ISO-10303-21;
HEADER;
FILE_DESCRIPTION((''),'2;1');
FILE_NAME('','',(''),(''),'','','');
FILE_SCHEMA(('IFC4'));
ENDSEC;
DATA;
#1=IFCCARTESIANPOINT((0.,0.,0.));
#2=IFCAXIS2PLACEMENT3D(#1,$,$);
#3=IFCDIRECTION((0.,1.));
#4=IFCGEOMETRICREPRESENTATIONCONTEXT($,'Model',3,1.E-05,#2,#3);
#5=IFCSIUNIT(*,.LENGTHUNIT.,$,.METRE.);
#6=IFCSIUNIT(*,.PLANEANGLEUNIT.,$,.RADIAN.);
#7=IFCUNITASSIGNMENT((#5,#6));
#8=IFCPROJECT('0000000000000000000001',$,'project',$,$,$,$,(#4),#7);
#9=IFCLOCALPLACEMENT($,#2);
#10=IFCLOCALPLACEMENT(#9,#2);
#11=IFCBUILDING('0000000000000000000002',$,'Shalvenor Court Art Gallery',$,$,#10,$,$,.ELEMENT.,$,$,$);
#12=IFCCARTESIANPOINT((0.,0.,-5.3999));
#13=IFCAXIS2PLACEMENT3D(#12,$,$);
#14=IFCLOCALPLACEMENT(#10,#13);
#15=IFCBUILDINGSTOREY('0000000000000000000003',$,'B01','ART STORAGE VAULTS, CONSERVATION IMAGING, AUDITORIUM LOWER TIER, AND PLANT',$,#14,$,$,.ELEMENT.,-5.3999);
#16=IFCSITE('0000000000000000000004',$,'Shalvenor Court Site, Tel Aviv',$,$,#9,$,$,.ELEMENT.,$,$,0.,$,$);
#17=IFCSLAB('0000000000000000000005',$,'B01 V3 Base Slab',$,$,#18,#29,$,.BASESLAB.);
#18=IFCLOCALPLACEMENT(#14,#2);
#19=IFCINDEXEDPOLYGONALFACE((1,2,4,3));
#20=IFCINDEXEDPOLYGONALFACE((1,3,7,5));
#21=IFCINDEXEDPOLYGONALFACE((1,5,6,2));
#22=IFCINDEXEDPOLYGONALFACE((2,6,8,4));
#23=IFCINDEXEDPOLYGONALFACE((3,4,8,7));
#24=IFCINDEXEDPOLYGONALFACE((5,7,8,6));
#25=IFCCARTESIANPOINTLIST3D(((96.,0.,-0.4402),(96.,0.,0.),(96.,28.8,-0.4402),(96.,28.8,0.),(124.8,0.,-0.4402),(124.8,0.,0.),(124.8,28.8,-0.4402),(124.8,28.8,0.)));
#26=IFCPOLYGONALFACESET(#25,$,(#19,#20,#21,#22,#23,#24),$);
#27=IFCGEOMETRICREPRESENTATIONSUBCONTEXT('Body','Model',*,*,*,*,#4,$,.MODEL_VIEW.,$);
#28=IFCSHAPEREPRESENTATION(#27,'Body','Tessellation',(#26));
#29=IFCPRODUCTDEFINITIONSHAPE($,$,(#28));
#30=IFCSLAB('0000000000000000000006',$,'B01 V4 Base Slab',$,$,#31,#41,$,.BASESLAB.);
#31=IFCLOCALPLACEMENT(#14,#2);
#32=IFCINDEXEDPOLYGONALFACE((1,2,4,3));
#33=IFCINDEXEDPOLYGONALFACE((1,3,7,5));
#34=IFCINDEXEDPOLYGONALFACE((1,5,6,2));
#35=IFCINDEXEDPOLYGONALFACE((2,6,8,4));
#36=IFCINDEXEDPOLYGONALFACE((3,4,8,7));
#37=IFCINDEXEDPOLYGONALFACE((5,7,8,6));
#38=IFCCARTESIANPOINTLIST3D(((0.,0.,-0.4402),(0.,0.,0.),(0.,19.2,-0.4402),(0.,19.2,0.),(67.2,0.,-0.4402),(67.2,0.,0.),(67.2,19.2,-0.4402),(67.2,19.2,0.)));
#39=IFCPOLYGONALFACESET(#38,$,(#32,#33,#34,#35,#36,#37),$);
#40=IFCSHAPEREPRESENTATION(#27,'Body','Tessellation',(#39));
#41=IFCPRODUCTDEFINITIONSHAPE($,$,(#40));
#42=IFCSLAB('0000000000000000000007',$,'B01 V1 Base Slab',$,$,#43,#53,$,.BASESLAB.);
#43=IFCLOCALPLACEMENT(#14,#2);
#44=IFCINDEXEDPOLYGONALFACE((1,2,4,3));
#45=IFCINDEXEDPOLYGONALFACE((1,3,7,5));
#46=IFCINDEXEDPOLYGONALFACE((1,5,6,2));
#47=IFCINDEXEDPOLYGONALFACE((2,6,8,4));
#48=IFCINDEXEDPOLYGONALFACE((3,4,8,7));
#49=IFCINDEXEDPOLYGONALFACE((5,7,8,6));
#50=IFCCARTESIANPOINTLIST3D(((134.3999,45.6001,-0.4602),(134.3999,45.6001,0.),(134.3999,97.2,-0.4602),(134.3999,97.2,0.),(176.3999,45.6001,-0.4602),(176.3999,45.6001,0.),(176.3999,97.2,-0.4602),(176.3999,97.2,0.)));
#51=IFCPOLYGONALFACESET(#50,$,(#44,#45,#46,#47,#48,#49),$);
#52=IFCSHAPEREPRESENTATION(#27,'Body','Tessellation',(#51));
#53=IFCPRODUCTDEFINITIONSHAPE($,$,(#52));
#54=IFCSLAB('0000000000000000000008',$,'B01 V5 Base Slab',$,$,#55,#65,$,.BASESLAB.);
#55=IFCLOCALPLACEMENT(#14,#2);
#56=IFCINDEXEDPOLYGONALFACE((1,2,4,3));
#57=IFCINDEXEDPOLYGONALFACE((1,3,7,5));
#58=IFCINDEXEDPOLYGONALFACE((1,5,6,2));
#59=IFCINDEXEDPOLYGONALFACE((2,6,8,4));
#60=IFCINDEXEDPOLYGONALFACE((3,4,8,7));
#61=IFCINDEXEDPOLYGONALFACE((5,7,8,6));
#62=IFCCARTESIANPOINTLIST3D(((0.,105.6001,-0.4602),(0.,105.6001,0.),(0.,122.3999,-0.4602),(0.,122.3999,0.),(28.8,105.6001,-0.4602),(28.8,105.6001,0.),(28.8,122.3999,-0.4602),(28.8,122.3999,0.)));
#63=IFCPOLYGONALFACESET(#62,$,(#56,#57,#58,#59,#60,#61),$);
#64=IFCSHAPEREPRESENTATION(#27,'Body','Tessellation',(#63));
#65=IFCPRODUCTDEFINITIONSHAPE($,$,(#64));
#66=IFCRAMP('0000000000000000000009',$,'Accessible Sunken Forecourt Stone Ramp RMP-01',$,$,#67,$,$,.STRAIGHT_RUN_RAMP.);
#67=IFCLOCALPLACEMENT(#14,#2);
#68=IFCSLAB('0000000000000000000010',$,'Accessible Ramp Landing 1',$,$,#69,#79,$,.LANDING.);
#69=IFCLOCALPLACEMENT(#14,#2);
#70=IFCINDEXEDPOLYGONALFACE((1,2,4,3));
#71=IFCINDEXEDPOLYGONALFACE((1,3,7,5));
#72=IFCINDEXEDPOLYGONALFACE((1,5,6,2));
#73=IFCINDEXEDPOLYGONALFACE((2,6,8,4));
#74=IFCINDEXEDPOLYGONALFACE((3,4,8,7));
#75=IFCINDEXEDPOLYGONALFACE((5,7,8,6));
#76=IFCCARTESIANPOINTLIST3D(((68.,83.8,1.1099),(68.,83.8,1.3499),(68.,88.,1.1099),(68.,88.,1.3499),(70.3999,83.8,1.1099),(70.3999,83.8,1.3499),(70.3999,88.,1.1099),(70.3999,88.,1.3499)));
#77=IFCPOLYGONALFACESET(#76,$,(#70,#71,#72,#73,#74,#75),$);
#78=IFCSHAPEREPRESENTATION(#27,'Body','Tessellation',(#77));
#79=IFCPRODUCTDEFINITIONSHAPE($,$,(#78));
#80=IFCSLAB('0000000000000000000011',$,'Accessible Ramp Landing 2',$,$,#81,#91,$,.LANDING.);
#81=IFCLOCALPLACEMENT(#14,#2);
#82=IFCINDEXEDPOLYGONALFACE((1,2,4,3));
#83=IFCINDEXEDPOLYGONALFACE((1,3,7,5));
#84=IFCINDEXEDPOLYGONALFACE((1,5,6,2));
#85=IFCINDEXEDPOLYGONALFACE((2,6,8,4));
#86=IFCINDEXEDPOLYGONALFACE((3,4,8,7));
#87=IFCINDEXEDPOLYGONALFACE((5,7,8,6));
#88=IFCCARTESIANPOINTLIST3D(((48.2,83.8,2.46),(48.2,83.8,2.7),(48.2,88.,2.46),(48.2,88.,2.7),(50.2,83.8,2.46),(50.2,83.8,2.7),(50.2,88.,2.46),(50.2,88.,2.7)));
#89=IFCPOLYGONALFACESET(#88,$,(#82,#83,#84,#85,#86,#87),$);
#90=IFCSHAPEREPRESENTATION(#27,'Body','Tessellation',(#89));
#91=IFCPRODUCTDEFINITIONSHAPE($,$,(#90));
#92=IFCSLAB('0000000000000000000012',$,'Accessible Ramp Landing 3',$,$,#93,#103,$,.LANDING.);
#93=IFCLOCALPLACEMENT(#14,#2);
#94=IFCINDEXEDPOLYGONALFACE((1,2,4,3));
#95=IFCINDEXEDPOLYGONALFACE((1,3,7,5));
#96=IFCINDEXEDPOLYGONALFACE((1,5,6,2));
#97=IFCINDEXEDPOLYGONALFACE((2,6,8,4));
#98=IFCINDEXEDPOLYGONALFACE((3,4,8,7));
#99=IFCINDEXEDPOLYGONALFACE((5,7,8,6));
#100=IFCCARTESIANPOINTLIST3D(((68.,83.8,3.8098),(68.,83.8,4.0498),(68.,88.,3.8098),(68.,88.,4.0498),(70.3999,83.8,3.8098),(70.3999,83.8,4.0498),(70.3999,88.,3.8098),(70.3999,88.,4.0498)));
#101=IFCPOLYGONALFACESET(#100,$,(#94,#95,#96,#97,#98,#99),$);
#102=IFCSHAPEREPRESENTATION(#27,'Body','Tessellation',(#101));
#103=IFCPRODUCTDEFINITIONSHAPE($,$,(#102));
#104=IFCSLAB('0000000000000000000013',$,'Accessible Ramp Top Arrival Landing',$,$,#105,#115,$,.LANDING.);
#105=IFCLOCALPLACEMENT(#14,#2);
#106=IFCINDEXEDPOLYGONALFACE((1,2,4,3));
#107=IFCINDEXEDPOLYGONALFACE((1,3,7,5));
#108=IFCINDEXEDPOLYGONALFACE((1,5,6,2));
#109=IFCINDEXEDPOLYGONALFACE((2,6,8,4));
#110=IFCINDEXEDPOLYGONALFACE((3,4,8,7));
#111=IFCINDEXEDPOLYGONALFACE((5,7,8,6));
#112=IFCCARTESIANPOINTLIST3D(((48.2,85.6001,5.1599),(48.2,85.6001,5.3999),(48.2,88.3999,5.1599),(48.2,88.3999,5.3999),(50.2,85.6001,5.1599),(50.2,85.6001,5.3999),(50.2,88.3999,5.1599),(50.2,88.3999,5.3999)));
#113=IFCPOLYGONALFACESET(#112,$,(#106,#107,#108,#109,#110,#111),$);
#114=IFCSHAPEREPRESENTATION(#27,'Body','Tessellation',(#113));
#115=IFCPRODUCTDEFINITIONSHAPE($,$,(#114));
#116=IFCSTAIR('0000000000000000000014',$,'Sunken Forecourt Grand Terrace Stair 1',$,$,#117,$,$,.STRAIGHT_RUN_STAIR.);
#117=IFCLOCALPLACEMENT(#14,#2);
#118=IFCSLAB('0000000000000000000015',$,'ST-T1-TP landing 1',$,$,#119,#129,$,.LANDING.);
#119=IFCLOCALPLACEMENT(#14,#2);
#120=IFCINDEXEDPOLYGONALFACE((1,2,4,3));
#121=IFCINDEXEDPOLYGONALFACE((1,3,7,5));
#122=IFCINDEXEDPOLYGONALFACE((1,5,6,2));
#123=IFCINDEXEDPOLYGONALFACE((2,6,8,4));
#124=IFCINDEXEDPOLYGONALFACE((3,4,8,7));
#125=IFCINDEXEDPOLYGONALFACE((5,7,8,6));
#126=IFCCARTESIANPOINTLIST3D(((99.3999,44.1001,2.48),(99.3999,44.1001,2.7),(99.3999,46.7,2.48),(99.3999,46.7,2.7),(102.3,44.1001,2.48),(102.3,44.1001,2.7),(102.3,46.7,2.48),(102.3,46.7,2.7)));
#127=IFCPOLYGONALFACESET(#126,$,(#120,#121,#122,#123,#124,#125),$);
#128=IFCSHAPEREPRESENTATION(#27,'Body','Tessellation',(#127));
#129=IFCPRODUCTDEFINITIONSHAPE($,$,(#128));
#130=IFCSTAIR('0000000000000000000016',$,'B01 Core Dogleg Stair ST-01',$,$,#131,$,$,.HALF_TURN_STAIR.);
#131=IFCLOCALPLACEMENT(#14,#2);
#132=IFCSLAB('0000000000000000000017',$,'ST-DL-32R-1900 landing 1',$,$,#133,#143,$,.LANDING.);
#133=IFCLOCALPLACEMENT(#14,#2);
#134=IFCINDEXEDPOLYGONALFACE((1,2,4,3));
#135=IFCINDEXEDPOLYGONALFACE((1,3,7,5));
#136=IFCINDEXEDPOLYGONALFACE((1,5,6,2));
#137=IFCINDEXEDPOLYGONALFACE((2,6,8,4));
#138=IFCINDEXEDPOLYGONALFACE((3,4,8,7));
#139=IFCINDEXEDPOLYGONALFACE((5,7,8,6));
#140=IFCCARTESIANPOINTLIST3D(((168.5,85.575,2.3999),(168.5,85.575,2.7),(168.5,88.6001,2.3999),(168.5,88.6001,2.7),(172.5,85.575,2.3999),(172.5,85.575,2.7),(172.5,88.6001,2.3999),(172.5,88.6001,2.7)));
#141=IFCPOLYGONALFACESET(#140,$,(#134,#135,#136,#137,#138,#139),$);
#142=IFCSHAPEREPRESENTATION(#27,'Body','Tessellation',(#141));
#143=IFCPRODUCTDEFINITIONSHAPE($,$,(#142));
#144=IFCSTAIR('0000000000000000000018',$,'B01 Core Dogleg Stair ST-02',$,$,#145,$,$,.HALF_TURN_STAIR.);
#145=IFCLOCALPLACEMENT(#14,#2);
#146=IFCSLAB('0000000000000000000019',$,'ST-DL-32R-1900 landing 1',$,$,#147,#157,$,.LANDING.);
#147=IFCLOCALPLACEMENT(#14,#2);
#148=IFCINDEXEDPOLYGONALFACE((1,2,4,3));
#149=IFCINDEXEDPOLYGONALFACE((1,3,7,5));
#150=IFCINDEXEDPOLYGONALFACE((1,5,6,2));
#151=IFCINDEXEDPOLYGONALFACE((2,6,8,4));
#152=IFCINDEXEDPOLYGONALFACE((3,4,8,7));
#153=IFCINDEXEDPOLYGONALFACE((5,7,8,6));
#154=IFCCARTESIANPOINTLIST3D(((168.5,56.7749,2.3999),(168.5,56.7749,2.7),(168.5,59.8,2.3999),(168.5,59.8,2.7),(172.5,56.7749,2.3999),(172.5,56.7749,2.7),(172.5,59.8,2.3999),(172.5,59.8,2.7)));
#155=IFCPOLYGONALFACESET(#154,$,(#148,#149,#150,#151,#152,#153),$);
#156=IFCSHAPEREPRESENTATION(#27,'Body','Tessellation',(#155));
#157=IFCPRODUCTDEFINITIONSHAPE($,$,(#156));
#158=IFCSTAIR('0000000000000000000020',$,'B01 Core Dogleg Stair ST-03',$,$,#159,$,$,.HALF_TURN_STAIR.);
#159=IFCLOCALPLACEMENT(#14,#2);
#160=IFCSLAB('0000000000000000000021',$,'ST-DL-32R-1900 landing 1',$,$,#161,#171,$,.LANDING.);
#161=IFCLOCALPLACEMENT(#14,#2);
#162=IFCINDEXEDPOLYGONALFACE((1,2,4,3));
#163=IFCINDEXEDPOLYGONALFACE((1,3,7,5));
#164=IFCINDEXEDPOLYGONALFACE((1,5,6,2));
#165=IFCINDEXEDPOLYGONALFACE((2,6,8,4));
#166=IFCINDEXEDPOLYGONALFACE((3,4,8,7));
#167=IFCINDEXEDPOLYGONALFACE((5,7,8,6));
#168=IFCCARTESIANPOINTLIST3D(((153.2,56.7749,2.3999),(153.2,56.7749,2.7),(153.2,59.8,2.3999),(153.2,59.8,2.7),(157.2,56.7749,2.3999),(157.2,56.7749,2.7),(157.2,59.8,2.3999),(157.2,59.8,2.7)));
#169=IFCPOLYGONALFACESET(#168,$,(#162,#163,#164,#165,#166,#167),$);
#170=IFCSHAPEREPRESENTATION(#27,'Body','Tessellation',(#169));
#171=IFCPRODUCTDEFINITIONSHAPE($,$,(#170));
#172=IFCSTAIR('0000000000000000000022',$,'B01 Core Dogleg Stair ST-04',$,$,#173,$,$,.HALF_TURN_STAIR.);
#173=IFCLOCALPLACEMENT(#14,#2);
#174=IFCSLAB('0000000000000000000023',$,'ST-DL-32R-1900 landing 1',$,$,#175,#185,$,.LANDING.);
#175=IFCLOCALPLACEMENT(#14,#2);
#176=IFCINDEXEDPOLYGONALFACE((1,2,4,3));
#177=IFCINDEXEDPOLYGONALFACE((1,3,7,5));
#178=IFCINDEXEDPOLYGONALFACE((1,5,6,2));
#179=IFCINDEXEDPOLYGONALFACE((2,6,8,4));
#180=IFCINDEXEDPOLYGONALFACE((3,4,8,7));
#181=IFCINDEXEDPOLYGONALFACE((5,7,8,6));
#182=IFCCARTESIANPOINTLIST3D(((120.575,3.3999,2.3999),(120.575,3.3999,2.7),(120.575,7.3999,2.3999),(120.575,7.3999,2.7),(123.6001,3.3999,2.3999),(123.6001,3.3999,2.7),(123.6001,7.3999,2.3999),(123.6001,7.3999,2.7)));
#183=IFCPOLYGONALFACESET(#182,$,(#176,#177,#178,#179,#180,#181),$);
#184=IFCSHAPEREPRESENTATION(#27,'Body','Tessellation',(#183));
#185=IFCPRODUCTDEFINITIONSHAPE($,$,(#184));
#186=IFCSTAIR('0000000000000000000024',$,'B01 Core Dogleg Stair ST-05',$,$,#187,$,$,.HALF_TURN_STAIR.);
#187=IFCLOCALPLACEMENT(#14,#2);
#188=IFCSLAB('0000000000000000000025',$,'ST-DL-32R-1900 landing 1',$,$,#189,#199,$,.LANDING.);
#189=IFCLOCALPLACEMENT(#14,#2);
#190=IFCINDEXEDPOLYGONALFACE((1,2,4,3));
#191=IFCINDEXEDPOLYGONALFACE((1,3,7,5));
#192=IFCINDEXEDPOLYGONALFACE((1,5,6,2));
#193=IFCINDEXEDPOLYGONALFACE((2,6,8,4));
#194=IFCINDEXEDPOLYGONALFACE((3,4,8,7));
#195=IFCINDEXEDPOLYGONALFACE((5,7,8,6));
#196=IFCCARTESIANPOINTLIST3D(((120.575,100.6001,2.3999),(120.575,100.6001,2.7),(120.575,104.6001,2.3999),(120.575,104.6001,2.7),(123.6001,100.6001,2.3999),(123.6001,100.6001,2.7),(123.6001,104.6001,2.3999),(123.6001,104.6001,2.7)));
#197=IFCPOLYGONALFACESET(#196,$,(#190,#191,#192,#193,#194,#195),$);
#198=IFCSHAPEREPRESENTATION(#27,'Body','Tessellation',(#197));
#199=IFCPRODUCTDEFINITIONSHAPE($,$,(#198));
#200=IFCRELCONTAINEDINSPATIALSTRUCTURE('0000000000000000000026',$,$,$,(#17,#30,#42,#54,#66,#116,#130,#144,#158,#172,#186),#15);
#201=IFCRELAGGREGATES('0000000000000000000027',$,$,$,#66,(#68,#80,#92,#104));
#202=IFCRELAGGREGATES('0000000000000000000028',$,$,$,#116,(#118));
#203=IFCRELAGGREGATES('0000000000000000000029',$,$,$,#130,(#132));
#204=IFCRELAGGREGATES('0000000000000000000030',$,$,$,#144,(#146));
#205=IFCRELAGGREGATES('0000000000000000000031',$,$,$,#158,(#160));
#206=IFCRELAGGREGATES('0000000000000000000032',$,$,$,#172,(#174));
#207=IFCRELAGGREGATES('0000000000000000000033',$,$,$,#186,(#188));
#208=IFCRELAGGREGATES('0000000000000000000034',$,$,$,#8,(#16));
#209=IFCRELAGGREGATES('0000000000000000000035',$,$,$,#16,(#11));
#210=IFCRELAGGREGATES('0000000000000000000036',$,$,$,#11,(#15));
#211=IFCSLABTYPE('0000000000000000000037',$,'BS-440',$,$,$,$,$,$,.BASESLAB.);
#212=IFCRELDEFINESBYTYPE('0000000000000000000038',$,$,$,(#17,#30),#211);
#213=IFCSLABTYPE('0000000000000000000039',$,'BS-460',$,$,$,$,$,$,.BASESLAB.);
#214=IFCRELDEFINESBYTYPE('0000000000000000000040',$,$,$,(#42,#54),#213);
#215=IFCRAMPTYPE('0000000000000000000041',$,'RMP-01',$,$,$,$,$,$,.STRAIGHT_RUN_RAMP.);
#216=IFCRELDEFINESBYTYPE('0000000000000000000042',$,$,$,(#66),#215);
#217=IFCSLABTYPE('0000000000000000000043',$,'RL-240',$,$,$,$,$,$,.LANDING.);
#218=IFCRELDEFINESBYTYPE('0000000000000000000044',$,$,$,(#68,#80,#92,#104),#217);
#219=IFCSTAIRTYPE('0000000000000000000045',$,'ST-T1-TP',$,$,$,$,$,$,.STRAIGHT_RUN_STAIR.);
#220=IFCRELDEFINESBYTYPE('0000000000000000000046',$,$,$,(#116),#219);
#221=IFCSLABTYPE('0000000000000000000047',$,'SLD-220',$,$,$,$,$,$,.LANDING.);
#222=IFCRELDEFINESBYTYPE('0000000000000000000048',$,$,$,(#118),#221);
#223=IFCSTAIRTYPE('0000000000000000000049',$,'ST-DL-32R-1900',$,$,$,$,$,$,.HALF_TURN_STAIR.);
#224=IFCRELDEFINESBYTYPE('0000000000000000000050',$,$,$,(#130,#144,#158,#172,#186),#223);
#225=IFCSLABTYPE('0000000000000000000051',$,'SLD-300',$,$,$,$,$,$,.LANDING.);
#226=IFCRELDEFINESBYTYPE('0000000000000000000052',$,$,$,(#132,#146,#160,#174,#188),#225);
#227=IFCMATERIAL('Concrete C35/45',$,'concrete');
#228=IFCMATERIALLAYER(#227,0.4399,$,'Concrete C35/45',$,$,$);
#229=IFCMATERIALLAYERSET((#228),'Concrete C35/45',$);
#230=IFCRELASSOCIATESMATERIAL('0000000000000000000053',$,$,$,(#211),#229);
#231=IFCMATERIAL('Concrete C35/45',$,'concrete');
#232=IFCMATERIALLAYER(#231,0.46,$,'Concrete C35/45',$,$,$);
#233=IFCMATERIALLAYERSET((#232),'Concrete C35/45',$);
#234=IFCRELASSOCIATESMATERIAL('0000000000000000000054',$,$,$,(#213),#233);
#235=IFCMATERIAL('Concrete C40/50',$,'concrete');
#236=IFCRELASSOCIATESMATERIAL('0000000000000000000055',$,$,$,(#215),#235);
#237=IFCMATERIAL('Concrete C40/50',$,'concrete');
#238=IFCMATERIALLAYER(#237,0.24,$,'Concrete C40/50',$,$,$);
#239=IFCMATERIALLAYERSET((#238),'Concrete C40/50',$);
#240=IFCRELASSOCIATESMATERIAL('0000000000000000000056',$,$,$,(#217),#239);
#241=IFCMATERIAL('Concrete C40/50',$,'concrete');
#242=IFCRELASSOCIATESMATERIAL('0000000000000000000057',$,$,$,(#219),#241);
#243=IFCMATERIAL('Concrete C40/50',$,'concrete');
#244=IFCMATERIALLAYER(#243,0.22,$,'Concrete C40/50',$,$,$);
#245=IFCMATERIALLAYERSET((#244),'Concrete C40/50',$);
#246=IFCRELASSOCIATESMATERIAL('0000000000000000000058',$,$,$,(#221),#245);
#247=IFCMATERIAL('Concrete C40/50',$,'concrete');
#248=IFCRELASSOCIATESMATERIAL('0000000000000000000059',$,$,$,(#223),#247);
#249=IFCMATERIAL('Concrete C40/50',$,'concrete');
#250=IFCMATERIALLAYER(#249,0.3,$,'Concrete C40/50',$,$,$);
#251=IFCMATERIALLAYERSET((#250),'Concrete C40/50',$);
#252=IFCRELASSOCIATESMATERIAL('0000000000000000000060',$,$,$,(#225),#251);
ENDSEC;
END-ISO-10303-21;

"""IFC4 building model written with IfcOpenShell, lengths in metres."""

from ifc_helpers import new_model, si_unit, direction, frame, origin, place, context, subcontext, project, spatial, polyline, outline, extrude, material, layer, layer_set, type_object, element, aggregate, save


model = new_model("IFC4")

# Units and contexts
model_context = context("Model", 3, precision=1e-05, world=origin(), true_north=direction((0.0, 1.0)))
body_context = subcontext(model_context, "Body", "Model", "MODEL_VIEW")
ifc_project = project(units=[si_unit("LENGTHUNIT", "METRE"), si_unit("PLANEANGLEUNIT", "RADIAN")], contexts=[model_context])

# Site, building, storey
site_placement = place(None, origin())
site = spatial("IfcSite", under=ifc_project, at=site_placement, Name="Shalvenor Court Site, Tel Aviv", CompositionType="ELEMENT", RefElevation=0.0)
building_placement = place(site_placement, origin())
building = spatial("IfcBuilding", under=site, at=building_placement, Name="Shalvenor Court Art Gallery", CompositionType="ELEMENT")
storey_placement = place(building_placement, frame((0.0, 0.0, -5.3999)))
storey = spatial("IfcBuildingStorey", under=building, at=storey_placement, Name="B01", Description="ART STORAGE VAULTS, CONSERVATION IMAGING, AUDITORIUM LOWER TIER, AND PLANT", CompositionType="ELEMENT", Elevation=-5.3999)

# Slabs
ifc_material_1 = material(Name="Concrete C35/45", Category="concrete")
ifc_layer_1 = layer(ifc_material_1, 0.4399, Name="Concrete C35/45")
ifc_layer_set_1 = layer_set([ifc_layer_1], Name="Concrete C35/45")
slab_type_1 = type_object("IfcSlabType", Name="BS-440", PredefinedType="BASESLAB", material=ifc_layer_set_1)
slab_1_placement = place(storey_placement, frame((0.0, 0.0, -0.4402)))
element("IfcSlab", 1, at=slab_1_placement, inside=storey, type_object=slab_type_1, Name="B01 V3 Base Slab", PredefinedType="BASESLAB", context=body_context, shape_type="SweptSolid", body=[
    extrude(outline(polyline([(124.8, 0.0), (124.8, 28.8), (96.0, 28.8), (96.0, 0.0), (124.8, 0.0)])), origin(), (0.0, 0.0, 1.0), 0.4402),
])
slab_2_placement = place(storey_placement, frame((0.0, 0.0, -0.4402)))
element("IfcSlab", 2, at=slab_2_placement, inside=storey, type_object=slab_type_1, Name="B01 V4 Base Slab", PredefinedType="BASESLAB", context=body_context, shape_type="SweptSolid", body=[
    extrude(outline(polyline([(67.2, 0.0), (67.2, 19.2), (0.0, 19.2), (0.0, 0.0), (67.2, 0.0)])), origin(), (0.0, 0.0, 1.0), 0.4402),
])
ifc_material_2 = material(Name="Concrete C35/45", Category="concrete")
ifc_layer_2 = layer(ifc_material_2, 0.46, Name="Concrete C35/45")
ifc_layer_set_2 = layer_set([ifc_layer_2], Name="Concrete C35/45")
slab_type_2 = type_object("IfcSlabType", Name="BS-460", PredefinedType="BASESLAB", material=ifc_layer_set_2)
slab_3_placement = place(storey_placement, frame((0.0, 0.0, -0.4602)))
element("IfcSlab", 3, at=slab_3_placement, inside=storey, type_object=slab_type_2, Name="B01 V1 Base Slab", PredefinedType="BASESLAB", context=body_context, shape_type="SweptSolid", body=[
    extrude(outline(polyline([(176.3999, 45.6001), (176.3999, 97.2), (134.3999, 97.2), (134.3999, 45.6001), (176.3999, 45.6001)])), origin(), (0.0, 0.0, 1.0), 0.4602),
])
slab_4_placement = place(storey_placement, frame((0.0, 0.0, -0.4602)))
element("IfcSlab", 4, at=slab_4_placement, inside=storey, type_object=slab_type_2, Name="B01 V5 Base Slab", PredefinedType="BASESLAB", context=body_context, shape_type="SweptSolid", body=[
    extrude(outline(polyline([(28.8, 105.6001), (28.8, 122.3999), (0.0, 122.3999), (0.0, 105.6001), (28.8, 105.6001)])), origin(), (0.0, 0.0, 1.0), 0.4602),
])

# Ramp, slabs
ifc_material_3 = material(Name="Concrete C40/50", Category="concrete")
ramp_type = type_object("IfcRampType", Name="RMP-01", PredefinedType="STRAIGHT_RUN_RAMP", material=ifc_material_3)
ramp_placement = place(storey_placement, origin())
ramp = element("IfcRamp", 5, at=ramp_placement, inside=storey, type_object=ramp_type, Name="Accessible Sunken Forecourt Stone Ramp RMP-01", PredefinedType="STRAIGHT_RUN_RAMP")
ifc_material_4 = material(Name="Concrete C40/50", Category="concrete")
ifc_layer_3 = layer(ifc_material_4, 0.24, Name="Concrete C40/50")
ifc_layer_set_3 = layer_set([ifc_layer_3], Name="Concrete C40/50")
slab_type_3 = type_object("IfcSlabType", Name="RL-240", PredefinedType="LANDING", material=ifc_layer_set_3)
slab_5_placement = place(storey_placement, frame((0.0, 0.0, 1.1099)))
slab_5 = element("IfcSlab", 6, at=slab_5_placement, type_object=slab_type_3, Name="Accessible Ramp Landing 1", PredefinedType="LANDING", context=body_context, shape_type="SweptSolid", body=[
    extrude(outline(polyline([(68.0, 83.8), (70.3999, 83.8), (70.3999, 88.0), (68.0, 88.0), (68.0, 83.8)])), origin(), (0.0, 0.0, 1.0), 0.24),
])
slab_6_placement = place(storey_placement, frame((0.0, 0.0, 2.46)))
slab_6 = element("IfcSlab", 7, at=slab_6_placement, type_object=slab_type_3, Name="Accessible Ramp Landing 2", PredefinedType="LANDING", context=body_context, shape_type="SweptSolid", body=[
    extrude(outline(polyline([(48.2, 83.8), (50.2, 83.8), (50.2, 88.0), (48.2, 88.0), (48.2, 83.8)])), origin(), (0.0, 0.0, 1.0), 0.24),
])
slab_7_placement = place(storey_placement, frame((0.0, 0.0, 3.8098)))
slab_7 = element("IfcSlab", 8, at=slab_7_placement, type_object=slab_type_3, Name="Accessible Ramp Landing 3", PredefinedType="LANDING", context=body_context, shape_type="SweptSolid", body=[
    extrude(outline(polyline([(68.0, 83.8), (70.3999, 83.8), (70.3999, 88.0), (68.0, 88.0), (68.0, 83.8)])), origin(), (0.0, 0.0, 1.0), 0.24),
])
slab_8_placement = place(storey_placement, frame((0.0, 0.0, 5.1599)))
slab_8 = element("IfcSlab", 9, at=slab_8_placement, type_object=slab_type_3, Name="Accessible Ramp Top Arrival Landing", PredefinedType="LANDING", context=body_context, shape_type="SweptSolid", body=[
    extrude(outline(polyline([(48.2, 85.6001), (50.2, 85.6001), (50.2, 88.3999), (48.2, 88.3999), (48.2, 85.6001)])), origin(), (0.0, 0.0, 1.0), 0.24),
])
aggregate(ramp, [slab_5, slab_6, slab_7, slab_8])

# Stairs, slabs
ifc_material_5 = material(Name="Concrete C40/50", Category="concrete")
stair_type_1 = type_object("IfcStairType", Name="ST-T1-TP", PredefinedType="STRAIGHT_RUN_STAIR", material=ifc_material_5)
stair_1_placement = place(storey_placement, origin())
stair_1 = element("IfcStair", 10, at=stair_1_placement, inside=storey, type_object=stair_type_1, Name="Sunken Forecourt Grand Terrace Stair 1", PredefinedType="STRAIGHT_RUN_STAIR")
ifc_material_6 = material(Name="Concrete C40/50", Category="concrete")
ifc_layer_4 = layer(ifc_material_6, 0.22, Name="Concrete C40/50")
ifc_layer_set_4 = layer_set([ifc_layer_4], Name="Concrete C40/50")
slab_type_4 = type_object("IfcSlabType", Name="SLD-220", PredefinedType="LANDING", material=ifc_layer_set_4)
slab_9_placement = place(storey_placement, frame((0.0, 0.0, 2.48)))
slab_9 = element("IfcSlab", 11, at=slab_9_placement, type_object=slab_type_4, Name="ST-T1-TP landing 1", PredefinedType="LANDING", context=body_context, shape_type="SweptSolid", body=[
    extrude(outline(polyline([(99.3999, 44.1001), (102.3, 44.1001), (102.3, 46.7), (99.3999, 46.7), (99.3999, 44.1001)])), origin(), (0.0, 0.0, 1.0), 0.22),
])
aggregate(stair_1, [slab_9])
ifc_material_7 = material(Name="Concrete C40/50", Category="concrete")
stair_type_2 = type_object("IfcStairType", Name="ST-DL-32R-1900", PredefinedType="HALF_TURN_STAIR", material=ifc_material_7)
stair_2_placement = place(storey_placement, origin())
stair_2 = element("IfcStair", 12, at=stair_2_placement, inside=storey, type_object=stair_type_2, Name="B01 Core Dogleg Stair ST-01", PredefinedType="HALF_TURN_STAIR")
ifc_material_8 = material(Name="Concrete C40/50", Category="concrete")
ifc_layer_5 = layer(ifc_material_8, 0.3, Name="Concrete C40/50")
ifc_layer_set_5 = layer_set([ifc_layer_5], Name="Concrete C40/50")
slab_type_5 = type_object("IfcSlabType", Name="SLD-300", PredefinedType="LANDING", material=ifc_layer_set_5)
slab_10_placement = place(storey_placement, frame((0.0, 0.0, 2.3999)))
slab_10 = element("IfcSlab", 13, at=slab_10_placement, type_object=slab_type_5, Name="ST-DL-32R-1900 landing 1", PredefinedType="LANDING", context=body_context, shape_type="SweptSolid", body=[
    extrude(outline(polyline([(172.5, 85.575), (172.5, 88.6001), (168.5, 88.6001), (168.5, 85.575), (172.5, 85.575)])), origin(), (0.0, 0.0, 1.0), 0.3),
])
aggregate(stair_2, [slab_10])
stair_3_placement = place(storey_placement, origin())
stair_3 = element("IfcStair", 14, at=stair_3_placement, inside=storey, type_object=stair_type_2, Name="B01 Core Dogleg Stair ST-02", PredefinedType="HALF_TURN_STAIR")
slab_11_placement = place(storey_placement, frame((0.0, 0.0, 2.3999)))
slab_11 = element("IfcSlab", 15, at=slab_11_placement, type_object=slab_type_5, Name="ST-DL-32R-1900 landing 1", PredefinedType="LANDING", context=body_context, shape_type="SweptSolid", body=[
    extrude(outline(polyline([(172.5, 56.7749), (172.5, 59.8), (168.5, 59.8), (168.5, 56.7749), (172.5, 56.7749)])), origin(), (0.0, 0.0, 1.0), 0.3),
])
aggregate(stair_3, [slab_11])
stair_4_placement = place(storey_placement, origin())
stair_4 = element("IfcStair", 16, at=stair_4_placement, inside=storey, type_object=stair_type_2, Name="B01 Core Dogleg Stair ST-03", PredefinedType="HALF_TURN_STAIR")
slab_12_placement = place(storey_placement, frame((0.0, 0.0, 2.3999)))
slab_12 = element("IfcSlab", 17, at=slab_12_placement, type_object=slab_type_5, Name="ST-DL-32R-1900 landing 1", PredefinedType="LANDING", context=body_context, shape_type="SweptSolid", body=[
    extrude(outline(polyline([(157.2, 56.7749), (157.2, 59.8), (153.2, 59.8), (153.2, 56.7749), (157.2, 56.7749)])), origin(), (0.0, 0.0, 1.0), 0.3),
])
aggregate(stair_4, [slab_12])
stair_5_placement = place(storey_placement, origin())
stair_5 = element("IfcStair", 18, at=stair_5_placement, inside=storey, type_object=stair_type_2, Name="B01 Core Dogleg Stair ST-04", PredefinedType="HALF_TURN_STAIR")
slab_13_placement = place(storey_placement, frame((0.0, 0.0, 2.3999)))
slab_13 = element("IfcSlab", 19, at=slab_13_placement, type_object=slab_type_5, Name="ST-DL-32R-1900 landing 1", PredefinedType="LANDING", context=body_context, shape_type="SweptSolid", body=[
    extrude(outline(polyline([(120.575, 3.3999), (123.6001, 3.3999), (123.6001, 7.3999), (120.575, 7.3999), (120.575, 3.3999)])), origin(), (0.0, 0.0, 1.0), 0.3),
])
aggregate(stair_5, [slab_13])
stair_6_placement = place(storey_placement, origin())
stair_6 = element("IfcStair", 20, at=stair_6_placement, inside=storey, type_object=stair_type_2, Name="B01 Core Dogleg Stair ST-05", PredefinedType="HALF_TURN_STAIR")
slab_14_placement = place(storey_placement, frame((0.0, 0.0, 2.3999)))
slab_14 = element("IfcSlab", 21, at=slab_14_placement, type_object=slab_type_5, Name="ST-DL-32R-1900 landing 1", PredefinedType="LANDING", context=body_context, shape_type="SweptSolid", body=[
    extrude(outline(polyline([(120.575, 100.6001), (123.6001, 100.6001), (123.6001, 104.6001), (120.575, 104.6001), (120.575, 100.6001)])), origin(), (0.0, 0.0, 1.0), 0.3),
])
aggregate(stair_6, [slab_14])

save(model, "model.ifc")
